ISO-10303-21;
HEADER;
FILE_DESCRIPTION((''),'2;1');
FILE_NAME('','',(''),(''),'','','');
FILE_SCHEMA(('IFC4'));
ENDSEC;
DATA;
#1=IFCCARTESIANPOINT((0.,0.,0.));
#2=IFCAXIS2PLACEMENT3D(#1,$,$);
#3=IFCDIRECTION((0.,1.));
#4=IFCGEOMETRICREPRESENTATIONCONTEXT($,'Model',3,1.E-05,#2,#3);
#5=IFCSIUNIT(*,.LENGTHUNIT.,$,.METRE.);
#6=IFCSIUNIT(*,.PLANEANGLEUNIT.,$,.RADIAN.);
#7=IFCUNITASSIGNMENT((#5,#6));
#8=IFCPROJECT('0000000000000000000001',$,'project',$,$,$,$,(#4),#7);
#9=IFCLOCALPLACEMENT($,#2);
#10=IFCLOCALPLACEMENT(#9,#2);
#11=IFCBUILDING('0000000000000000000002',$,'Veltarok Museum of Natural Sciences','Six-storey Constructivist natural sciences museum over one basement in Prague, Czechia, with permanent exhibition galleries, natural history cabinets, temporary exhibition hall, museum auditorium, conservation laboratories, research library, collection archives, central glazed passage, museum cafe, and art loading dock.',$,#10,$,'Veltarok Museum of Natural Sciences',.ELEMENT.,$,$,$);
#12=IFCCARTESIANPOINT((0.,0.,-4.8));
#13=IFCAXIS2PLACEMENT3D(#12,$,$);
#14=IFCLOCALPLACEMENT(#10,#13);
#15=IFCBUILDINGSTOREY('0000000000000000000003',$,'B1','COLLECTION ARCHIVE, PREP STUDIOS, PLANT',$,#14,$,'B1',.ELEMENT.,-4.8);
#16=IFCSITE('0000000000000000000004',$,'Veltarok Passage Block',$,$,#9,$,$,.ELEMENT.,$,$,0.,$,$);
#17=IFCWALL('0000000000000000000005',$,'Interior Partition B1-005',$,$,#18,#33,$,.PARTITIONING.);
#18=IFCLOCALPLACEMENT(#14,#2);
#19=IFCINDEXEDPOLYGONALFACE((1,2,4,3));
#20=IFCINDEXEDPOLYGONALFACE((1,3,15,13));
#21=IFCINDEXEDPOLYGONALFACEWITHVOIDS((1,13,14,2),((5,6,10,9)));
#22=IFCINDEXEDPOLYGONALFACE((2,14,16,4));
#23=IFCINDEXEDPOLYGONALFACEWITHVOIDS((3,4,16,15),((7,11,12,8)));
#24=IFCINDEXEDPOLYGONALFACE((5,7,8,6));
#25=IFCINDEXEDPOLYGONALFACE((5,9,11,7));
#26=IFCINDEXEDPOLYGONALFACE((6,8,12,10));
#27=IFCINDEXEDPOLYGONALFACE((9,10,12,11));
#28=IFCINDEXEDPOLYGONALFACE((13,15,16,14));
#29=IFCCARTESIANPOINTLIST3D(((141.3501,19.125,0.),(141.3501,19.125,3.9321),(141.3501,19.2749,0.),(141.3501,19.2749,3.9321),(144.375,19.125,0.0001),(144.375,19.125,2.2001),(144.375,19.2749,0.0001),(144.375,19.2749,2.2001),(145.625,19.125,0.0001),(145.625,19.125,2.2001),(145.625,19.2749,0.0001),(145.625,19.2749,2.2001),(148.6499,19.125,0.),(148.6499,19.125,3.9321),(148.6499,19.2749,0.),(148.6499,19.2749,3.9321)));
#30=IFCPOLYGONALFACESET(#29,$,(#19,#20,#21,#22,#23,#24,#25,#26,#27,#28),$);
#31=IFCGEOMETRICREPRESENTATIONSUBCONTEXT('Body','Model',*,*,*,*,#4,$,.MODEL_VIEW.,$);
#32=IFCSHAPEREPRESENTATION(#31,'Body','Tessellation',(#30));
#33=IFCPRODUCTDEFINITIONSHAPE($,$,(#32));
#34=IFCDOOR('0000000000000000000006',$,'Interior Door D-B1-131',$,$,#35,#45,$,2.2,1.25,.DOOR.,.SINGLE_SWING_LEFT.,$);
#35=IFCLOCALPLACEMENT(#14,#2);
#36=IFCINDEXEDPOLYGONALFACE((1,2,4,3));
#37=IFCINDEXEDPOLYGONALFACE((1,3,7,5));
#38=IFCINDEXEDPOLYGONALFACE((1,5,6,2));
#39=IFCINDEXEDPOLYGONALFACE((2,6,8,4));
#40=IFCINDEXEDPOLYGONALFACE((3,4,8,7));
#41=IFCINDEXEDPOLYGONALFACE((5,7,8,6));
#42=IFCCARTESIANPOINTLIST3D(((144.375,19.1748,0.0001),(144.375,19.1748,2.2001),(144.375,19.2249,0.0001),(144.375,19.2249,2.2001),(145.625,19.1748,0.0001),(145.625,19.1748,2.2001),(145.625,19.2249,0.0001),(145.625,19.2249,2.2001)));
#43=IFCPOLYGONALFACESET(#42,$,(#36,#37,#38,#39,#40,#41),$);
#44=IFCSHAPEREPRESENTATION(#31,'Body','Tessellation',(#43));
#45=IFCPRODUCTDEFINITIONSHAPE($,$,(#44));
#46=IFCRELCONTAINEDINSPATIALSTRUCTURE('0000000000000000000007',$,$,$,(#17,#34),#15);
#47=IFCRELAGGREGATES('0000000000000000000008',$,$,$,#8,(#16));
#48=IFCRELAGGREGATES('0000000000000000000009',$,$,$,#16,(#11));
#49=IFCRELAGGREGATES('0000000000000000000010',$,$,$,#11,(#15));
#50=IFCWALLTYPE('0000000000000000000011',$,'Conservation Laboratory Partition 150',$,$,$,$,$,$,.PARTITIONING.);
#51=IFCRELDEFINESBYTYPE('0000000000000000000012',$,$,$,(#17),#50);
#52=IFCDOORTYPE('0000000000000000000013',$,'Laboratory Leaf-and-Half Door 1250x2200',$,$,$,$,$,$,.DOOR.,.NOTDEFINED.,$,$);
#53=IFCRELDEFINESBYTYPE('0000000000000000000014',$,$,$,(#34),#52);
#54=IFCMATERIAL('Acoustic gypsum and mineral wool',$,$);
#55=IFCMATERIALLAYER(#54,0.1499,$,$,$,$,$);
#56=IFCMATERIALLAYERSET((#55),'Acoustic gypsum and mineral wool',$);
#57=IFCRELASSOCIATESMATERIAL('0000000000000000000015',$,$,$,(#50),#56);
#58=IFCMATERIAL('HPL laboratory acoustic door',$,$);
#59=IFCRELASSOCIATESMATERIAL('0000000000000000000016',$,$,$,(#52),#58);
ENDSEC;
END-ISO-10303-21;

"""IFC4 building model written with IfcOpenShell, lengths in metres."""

from ifc_helpers import new_model, si_unit, direction, frame, frame_2d, origin, place, context, subcontext, project, spatial, rectangle, extrude, material, layer, layer_set, type_object, element, fill, save


model = new_model("IFC4")

# Units and contexts
model_context = context("Model", 3, precision=1e-05, world=origin(), true_north=direction((0.0, 1.0)))
body_context = subcontext(model_context, "Body", "Model", "MODEL_VIEW")
ifc_project = project(units=[si_unit("LENGTHUNIT", "METRE"), si_unit("PLANEANGLEUNIT", "RADIAN")], contexts=[model_context])

# Site, building, storey
site_placement = place(None, origin())
site = spatial("IfcSite", under=ifc_project, at=site_placement, Name="Veltarok Passage Block", CompositionType="ELEMENT", RefElevation=0.0)
building_placement = place(site_placement, origin())
building = spatial("IfcBuilding", under=site, at=building_placement, Name="Veltarok Museum of Natural Sciences", Description="Six-storey Constructivist natural sciences museum over one basement in Prague, Czechia, with permanent exhibition galleries, natural history cabinets, temporary exhibition hall, museum auditorium, conservation laboratories, research library, collection archives, central glazed passage, museum cafe, and art loading dock.", LongName="Veltarok Museum of Natural Sciences", CompositionType="ELEMENT")
storey_placement = place(building_placement, frame((0.0, 0.0, -4.8)))
storey = spatial("IfcBuildingStorey", under=building, at=storey_placement, Name="B1", Description="COLLECTION ARCHIVE, PREP STUDIOS, PLANT", LongName="B1", CompositionType="ELEMENT", Elevation=-4.8)

# Wall, opening, door
ifc_material_1 = material(Name="Acoustic gypsum and mineral wool")
ifc_layer_1 = layer(ifc_material_1, 0.1499)
ifc_layer_set_1 = layer_set([ifc_layer_1], Name="Acoustic gypsum and mineral wool")
wall_type = type_object("IfcWallType", Name="Conservation Laboratory Partition 150", PredefinedType="PARTITIONING", material=ifc_layer_set_1)
wall_placement = place(storey_placement, frame((141.3501, 19.2, 0.0), z_axis=(0.0, 0.0, 1.0), x_axis=(1.0, 0.0, 0.0)))
wall = element("IfcWall", 1, at=wall_placement, inside=storey, type_object=wall_type, Name="Interior Partition B1-005", PredefinedType="PARTITIONING", context=body_context, shape_type="SweptSolid", body=[
    extrude(rectangle(XDim=7.2998, YDim=0.1499, at=frame_2d((3.6499, 0.0))), origin(), (0.0, 0.0, 1.0), 3.9321),
])
opening_placement = place(wall_placement, frame((3.0249, 0.0, 0.0)))
opening = element("IfcOpeningElement", 2, at=opening_placement, cuts=wall, PredefinedType="OPENING", context=body_context, shape_type="SweptSolid", body=[
    extrude(rectangle(XDim=1.25, YDim=2.2, at=frame_2d((0.625, 1.1001))), frame((0.0, 0.085, 0.0), z_axis=(0.0, -1.0, 0.0), x_axis=(1.0, 0.0, 0.0)), (0.0, 0.0, 1.0), 0.1699),
])
ifc_material_2 = material(Name="HPL laboratory acoustic door")
door_type = type_object("IfcDoorType", Name="Laboratory Leaf-and-Half Door 1250x2200", OperationType="NOTDEFINED", PredefinedType="DOOR", material=ifc_material_2)
door_placement = place(opening_placement, origin())
door = element("IfcDoor", 3, at=door_placement, inside=storey, type_object=door_type, Name="Interior Door D-B1-131", OperationType="SINGLE_SWING_LEFT", OverallHeight=2.2, OverallWidth=1.25, PredefinedType="DOOR", context=body_context, shape_type="SweptSolid", body=[
    extrude(rectangle(XDim=1.25, YDim=2.2, at=frame_2d((0.625, 1.1001))), frame((0.0, 0.0249, 0.0), z_axis=(0.0, -1.0, 0.0), x_axis=(1.0, 0.0, 0.0)), (0.0, 0.0, 1.0), 0.05),
])
fill(opening, door)

save(model, "model.ifc")
